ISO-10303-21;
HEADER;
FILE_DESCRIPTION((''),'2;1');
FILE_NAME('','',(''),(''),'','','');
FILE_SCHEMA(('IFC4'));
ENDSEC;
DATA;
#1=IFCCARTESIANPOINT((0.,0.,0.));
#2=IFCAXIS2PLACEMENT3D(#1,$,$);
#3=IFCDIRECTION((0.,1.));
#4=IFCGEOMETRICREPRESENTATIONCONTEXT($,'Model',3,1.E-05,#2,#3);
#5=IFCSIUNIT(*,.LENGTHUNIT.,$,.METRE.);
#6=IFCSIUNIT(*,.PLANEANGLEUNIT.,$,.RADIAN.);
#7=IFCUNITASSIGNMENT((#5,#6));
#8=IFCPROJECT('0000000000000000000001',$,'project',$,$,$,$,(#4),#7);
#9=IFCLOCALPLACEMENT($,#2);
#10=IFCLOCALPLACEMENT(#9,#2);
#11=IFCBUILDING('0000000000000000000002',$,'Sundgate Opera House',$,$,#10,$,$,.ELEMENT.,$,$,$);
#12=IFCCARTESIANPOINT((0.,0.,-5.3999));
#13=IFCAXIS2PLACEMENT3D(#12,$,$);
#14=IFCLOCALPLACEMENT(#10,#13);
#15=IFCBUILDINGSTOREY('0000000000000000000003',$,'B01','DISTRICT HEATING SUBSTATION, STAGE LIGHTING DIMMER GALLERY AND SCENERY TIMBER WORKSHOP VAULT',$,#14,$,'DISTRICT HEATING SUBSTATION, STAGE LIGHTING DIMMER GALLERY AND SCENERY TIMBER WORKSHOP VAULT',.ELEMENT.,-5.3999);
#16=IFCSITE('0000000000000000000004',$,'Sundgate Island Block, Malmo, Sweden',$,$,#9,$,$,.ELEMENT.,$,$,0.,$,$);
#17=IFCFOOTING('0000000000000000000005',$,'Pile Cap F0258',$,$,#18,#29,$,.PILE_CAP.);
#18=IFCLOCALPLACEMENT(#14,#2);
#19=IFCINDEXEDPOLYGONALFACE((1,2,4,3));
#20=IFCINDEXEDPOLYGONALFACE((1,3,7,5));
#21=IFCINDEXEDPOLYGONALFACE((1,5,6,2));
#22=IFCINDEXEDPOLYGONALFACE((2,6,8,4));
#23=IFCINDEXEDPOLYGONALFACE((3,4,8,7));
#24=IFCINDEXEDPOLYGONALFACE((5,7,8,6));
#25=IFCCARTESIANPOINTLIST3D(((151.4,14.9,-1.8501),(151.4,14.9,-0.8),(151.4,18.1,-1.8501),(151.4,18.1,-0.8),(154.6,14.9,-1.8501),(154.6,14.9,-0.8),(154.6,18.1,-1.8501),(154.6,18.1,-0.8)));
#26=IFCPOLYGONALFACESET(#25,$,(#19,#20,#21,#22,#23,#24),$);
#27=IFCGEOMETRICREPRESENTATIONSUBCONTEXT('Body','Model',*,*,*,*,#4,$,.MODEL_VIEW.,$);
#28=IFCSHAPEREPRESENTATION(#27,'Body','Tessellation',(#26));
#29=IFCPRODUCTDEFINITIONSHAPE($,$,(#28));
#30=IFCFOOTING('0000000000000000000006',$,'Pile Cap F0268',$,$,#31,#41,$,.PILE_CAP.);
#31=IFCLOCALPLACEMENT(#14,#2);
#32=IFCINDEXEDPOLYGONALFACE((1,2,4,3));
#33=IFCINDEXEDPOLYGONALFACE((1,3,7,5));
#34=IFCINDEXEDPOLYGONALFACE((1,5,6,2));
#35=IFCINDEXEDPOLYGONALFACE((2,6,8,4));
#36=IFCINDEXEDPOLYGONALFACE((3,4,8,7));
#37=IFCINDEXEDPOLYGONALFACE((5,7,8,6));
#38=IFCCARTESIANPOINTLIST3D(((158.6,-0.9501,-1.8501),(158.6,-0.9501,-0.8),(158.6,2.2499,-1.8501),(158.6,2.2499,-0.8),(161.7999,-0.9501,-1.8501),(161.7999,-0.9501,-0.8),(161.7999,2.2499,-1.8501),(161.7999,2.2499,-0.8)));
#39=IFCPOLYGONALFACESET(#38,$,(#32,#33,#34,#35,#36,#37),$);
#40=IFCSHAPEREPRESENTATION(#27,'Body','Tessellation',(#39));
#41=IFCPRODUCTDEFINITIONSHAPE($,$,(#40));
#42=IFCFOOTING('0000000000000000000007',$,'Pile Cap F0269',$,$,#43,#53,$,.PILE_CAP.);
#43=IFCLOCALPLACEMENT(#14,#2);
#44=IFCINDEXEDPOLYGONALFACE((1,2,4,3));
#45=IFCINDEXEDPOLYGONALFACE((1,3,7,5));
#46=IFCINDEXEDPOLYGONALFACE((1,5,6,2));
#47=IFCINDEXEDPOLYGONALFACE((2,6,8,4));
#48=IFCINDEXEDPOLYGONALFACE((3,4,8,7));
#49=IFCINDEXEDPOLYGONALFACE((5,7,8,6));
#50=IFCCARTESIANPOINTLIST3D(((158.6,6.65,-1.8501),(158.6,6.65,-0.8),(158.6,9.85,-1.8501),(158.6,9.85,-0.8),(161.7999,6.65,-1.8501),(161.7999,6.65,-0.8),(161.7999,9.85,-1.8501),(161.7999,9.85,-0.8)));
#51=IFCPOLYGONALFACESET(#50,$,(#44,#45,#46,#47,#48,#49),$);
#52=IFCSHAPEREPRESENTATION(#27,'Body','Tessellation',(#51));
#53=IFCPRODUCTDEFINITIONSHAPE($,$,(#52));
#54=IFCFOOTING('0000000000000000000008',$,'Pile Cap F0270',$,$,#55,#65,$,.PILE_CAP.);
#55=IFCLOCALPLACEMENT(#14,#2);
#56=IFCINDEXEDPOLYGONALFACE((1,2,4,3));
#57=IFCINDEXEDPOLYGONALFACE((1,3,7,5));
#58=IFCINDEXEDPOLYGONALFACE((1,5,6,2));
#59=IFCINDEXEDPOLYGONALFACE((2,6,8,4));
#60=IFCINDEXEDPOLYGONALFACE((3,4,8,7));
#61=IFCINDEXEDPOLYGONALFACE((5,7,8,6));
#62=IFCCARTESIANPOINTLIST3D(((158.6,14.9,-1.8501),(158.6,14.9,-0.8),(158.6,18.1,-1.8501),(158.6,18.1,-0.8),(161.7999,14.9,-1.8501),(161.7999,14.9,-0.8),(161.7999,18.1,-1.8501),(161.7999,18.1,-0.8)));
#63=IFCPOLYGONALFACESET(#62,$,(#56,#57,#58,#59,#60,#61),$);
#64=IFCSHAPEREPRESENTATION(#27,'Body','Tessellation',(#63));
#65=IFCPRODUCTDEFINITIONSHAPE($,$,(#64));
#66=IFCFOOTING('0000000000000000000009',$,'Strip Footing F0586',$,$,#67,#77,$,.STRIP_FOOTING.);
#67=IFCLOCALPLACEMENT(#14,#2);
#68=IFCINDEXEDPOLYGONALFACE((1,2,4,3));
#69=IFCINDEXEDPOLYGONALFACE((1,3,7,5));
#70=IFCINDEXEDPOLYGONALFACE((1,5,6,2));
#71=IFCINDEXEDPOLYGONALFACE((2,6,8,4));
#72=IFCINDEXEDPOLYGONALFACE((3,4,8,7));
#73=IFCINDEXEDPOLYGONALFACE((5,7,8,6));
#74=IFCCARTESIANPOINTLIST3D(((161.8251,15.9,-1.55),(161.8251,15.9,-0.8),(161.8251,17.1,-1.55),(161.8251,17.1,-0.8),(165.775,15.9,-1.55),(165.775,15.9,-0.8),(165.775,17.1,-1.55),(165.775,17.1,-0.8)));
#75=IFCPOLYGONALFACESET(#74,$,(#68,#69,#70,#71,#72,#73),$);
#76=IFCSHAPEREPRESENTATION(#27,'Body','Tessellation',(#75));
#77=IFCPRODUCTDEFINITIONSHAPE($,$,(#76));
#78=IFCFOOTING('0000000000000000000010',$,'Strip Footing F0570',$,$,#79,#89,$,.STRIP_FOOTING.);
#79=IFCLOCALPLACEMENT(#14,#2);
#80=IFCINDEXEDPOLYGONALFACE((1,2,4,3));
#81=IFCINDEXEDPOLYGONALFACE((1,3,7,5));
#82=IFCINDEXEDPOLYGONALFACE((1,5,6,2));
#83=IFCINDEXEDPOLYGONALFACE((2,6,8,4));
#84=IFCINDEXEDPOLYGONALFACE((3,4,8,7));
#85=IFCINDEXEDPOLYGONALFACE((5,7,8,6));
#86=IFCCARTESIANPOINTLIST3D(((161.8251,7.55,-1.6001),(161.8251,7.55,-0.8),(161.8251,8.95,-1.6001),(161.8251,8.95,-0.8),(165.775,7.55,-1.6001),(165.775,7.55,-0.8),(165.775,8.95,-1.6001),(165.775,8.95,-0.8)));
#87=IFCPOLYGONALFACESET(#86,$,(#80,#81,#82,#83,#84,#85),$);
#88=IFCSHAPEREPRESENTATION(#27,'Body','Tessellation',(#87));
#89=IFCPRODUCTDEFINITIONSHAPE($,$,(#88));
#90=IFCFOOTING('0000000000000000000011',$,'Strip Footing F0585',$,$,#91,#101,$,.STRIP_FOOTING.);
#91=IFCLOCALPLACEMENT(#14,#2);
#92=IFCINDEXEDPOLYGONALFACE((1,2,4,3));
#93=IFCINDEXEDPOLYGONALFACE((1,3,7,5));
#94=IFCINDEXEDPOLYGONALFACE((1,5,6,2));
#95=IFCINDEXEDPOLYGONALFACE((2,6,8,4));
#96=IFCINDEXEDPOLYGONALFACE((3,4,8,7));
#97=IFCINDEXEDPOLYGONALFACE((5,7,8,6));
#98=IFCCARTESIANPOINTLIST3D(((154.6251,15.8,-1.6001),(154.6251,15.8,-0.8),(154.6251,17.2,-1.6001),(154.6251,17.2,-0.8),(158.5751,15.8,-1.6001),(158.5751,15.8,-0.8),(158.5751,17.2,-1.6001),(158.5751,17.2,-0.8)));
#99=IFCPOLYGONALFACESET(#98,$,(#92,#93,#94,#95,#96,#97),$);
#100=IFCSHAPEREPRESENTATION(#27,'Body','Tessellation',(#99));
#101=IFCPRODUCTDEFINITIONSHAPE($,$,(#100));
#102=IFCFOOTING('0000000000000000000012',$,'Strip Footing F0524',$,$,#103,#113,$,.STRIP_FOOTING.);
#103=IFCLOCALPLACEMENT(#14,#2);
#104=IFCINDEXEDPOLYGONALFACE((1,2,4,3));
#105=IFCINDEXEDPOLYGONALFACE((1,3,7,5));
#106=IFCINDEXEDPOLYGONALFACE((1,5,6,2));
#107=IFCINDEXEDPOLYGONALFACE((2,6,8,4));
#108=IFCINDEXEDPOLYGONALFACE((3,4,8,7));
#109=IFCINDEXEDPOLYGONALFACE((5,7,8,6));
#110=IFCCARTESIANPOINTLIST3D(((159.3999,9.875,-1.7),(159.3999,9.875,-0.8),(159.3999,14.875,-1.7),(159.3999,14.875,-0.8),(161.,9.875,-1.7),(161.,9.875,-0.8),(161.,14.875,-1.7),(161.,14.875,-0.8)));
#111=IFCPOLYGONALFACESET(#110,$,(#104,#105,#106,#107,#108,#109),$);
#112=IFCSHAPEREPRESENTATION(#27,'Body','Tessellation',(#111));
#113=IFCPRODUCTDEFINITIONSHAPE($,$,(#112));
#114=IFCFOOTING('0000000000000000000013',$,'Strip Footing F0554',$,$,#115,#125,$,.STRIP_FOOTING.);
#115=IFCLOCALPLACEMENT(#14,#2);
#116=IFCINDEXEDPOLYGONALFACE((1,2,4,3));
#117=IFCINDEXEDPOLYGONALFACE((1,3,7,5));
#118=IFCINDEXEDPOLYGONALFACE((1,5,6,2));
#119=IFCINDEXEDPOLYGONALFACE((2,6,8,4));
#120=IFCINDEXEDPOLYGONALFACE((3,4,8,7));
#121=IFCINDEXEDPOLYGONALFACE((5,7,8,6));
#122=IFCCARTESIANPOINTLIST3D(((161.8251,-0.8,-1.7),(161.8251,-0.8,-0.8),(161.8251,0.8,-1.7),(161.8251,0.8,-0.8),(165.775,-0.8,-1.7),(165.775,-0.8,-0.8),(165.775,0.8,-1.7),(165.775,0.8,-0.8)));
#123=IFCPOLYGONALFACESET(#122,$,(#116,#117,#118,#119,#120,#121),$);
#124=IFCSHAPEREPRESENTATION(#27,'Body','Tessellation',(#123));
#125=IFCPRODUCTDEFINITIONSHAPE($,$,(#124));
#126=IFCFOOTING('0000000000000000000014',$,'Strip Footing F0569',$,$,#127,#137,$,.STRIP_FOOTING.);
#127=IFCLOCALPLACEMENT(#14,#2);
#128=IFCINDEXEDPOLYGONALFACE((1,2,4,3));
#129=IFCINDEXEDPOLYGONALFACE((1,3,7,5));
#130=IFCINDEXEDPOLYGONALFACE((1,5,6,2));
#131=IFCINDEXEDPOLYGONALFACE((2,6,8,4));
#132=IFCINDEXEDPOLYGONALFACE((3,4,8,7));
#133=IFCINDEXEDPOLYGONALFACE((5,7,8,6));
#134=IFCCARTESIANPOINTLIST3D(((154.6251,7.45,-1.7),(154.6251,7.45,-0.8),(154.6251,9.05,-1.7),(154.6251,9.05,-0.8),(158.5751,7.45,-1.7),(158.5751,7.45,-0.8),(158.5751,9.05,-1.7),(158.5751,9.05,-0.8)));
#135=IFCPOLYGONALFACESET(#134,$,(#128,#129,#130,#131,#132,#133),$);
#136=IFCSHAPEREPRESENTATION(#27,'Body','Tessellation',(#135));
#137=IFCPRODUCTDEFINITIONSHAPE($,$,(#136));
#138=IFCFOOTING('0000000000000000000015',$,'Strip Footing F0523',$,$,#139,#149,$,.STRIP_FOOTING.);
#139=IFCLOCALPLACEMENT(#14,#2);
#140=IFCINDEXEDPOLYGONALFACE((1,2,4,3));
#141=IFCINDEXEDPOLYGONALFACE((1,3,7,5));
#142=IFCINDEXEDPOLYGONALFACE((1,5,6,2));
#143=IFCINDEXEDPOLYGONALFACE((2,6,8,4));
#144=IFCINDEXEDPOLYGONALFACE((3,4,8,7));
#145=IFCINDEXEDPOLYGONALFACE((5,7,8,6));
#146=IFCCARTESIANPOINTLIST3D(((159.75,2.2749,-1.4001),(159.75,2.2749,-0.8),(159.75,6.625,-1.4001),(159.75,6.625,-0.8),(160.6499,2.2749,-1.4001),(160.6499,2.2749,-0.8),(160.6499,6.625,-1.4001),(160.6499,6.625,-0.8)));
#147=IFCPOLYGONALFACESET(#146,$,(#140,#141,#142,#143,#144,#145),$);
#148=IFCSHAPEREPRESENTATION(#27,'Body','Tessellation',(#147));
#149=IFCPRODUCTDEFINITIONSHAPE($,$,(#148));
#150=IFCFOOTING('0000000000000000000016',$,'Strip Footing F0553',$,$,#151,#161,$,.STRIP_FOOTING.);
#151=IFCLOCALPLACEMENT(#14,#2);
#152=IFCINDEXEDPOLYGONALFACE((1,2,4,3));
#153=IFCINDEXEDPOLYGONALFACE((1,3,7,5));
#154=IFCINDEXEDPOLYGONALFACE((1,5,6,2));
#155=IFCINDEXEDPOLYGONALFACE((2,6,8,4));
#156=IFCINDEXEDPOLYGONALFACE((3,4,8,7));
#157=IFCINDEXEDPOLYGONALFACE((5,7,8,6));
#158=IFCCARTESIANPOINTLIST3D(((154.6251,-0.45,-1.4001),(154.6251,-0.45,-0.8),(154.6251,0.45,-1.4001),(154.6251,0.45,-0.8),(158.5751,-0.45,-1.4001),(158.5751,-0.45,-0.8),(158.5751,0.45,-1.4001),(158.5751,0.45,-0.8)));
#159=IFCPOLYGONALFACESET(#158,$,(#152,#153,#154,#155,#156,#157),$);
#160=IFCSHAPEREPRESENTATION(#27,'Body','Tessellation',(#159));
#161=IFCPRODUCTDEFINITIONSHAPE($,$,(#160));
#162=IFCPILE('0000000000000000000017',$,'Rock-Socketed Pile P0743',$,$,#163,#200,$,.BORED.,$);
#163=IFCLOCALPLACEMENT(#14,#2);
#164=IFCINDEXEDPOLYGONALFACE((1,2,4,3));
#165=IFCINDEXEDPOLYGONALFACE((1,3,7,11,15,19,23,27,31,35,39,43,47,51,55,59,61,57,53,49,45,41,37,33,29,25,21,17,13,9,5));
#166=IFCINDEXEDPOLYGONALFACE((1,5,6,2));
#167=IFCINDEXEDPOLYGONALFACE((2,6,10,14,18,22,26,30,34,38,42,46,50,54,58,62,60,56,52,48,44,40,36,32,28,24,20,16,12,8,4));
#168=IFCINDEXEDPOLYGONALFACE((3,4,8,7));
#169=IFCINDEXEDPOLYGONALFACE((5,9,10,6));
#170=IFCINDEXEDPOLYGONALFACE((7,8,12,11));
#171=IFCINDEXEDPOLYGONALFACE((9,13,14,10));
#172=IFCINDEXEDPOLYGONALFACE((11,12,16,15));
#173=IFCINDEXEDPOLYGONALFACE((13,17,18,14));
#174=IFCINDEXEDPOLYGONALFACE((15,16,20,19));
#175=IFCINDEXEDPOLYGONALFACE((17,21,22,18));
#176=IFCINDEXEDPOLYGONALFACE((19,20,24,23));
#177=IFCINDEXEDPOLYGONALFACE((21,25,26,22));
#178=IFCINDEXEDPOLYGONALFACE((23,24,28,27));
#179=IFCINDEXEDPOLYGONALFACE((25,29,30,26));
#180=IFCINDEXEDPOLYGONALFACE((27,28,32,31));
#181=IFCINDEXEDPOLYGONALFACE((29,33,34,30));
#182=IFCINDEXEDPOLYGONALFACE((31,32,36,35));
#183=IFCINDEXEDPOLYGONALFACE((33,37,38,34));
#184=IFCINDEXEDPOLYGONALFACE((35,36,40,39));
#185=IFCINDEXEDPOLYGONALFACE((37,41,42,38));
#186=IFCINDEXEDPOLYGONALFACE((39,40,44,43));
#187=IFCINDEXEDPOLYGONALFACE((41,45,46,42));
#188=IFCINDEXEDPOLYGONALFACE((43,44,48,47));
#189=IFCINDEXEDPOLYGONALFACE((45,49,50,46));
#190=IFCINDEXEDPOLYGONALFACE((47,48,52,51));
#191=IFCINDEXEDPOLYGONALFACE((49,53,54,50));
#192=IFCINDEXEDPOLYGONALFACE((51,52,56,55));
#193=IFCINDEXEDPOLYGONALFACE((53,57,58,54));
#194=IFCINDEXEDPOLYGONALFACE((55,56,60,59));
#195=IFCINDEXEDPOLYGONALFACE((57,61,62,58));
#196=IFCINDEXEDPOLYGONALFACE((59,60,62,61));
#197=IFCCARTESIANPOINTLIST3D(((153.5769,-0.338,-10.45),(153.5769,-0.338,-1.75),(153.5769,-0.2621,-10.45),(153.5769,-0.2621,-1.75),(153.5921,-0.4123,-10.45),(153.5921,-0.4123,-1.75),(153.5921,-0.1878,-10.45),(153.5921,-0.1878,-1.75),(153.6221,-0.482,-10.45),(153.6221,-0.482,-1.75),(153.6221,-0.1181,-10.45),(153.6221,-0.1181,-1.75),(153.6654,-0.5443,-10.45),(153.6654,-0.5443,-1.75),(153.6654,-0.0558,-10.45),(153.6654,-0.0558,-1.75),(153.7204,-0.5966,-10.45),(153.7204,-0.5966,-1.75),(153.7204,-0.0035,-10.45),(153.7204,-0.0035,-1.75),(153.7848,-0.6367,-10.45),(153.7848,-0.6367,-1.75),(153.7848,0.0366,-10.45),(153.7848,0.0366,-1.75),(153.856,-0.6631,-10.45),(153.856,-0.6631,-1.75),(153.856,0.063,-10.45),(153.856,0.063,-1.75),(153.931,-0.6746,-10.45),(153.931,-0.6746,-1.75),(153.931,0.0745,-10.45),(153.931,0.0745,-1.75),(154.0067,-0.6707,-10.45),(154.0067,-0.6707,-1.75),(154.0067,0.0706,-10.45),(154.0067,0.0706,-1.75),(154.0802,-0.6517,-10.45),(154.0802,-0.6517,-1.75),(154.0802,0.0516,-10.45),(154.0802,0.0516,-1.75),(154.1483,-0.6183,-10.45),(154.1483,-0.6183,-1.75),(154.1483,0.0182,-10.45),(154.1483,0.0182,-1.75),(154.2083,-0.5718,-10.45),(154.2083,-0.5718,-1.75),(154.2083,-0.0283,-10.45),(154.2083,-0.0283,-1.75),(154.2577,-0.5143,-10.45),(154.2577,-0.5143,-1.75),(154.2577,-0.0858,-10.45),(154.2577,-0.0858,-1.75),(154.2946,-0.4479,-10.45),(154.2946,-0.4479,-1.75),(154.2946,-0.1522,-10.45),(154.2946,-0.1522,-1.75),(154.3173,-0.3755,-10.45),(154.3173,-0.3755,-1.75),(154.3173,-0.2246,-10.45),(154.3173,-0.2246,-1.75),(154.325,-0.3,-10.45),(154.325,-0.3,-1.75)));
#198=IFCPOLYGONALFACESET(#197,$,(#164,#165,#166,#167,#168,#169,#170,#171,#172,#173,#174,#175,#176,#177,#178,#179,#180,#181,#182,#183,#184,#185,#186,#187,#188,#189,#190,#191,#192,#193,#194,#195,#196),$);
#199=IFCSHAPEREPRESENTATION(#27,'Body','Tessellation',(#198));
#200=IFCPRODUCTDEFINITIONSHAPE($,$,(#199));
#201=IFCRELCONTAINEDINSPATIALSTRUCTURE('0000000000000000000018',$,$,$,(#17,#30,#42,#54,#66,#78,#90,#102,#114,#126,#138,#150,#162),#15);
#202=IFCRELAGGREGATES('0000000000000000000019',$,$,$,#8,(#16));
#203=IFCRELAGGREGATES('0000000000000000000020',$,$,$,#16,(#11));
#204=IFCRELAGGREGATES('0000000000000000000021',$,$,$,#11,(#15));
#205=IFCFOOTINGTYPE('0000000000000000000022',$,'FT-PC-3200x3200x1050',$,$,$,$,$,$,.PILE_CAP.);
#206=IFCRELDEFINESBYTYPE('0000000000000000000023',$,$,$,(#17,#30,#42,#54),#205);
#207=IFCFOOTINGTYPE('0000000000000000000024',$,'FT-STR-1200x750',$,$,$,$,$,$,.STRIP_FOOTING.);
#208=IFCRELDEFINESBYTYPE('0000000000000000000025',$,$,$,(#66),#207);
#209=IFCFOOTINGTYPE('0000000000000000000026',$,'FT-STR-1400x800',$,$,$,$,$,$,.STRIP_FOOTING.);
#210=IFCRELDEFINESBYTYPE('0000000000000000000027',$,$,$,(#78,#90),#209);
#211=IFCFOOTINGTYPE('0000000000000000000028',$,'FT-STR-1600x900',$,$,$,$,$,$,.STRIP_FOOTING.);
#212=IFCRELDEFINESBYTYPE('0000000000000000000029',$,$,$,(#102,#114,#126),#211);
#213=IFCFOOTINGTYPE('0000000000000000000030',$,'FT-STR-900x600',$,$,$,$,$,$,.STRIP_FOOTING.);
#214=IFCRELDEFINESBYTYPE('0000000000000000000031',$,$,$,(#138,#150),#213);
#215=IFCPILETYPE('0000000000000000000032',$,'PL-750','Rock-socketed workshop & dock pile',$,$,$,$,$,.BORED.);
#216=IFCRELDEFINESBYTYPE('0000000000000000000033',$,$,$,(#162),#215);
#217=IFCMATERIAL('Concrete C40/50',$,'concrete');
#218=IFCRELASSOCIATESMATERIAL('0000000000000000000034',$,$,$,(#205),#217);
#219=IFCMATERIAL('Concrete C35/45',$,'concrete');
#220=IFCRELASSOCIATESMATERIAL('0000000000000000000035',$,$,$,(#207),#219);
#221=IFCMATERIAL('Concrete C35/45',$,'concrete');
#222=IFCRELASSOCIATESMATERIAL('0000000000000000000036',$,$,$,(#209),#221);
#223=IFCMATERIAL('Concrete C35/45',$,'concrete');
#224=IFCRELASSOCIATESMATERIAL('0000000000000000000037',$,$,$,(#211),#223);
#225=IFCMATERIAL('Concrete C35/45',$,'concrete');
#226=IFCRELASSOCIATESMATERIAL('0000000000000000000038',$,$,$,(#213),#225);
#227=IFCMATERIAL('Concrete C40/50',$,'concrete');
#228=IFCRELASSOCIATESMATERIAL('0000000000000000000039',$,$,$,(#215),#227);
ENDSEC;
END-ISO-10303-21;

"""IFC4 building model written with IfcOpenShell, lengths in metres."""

from ifc_helpers import new_model, si_unit, direction, frame, origin, origin_2d, place, context, subcontext, project, spatial, rectangle, circle, extrude, material, material_profile, profile_set, type_object, element, save


model = new_model("IFC4")

# Units and contexts
model_context = context("Model", 3, precision=1e-05, world=origin(), true_north=direction((0.0, 1.0)))
body_context = subcontext(model_context, "Body", "Model", "MODEL_VIEW")
ifc_project = project(units=[si_unit("LENGTHUNIT", "METRE"), si_unit("PLANEANGLEUNIT", "RADIAN")], contexts=[model_context])

# Site, building, storey
site_placement = place(None, origin())
site = spatial("IfcSite", under=ifc_project, at=site_placement, Name="Sundgate Island Block, Malmo, Sweden", CompositionType="ELEMENT", RefElevation=0.0)
building_placement = place(site_placement, origin())
building = spatial("IfcBuilding", under=site, at=building_placement, Name="Sundgate Opera House", CompositionType="ELEMENT")
storey_placement = place(building_placement, frame((0.0, 0.0, -5.3999)))
storey = spatial("IfcBuildingStorey", under=building, at=storey_placement, Name="B01", Description="DISTRICT HEATING SUBSTATION, STAGE LIGHTING DIMMER GALLERY AND SCENERY TIMBER WORKSHOP VAULT", LongName="DISTRICT HEATING SUBSTATION, STAGE LIGHTING DIMMER GALLERY AND SCENERY TIMBER WORKSHOP VAULT", CompositionType="ELEMENT", Elevation=-5.3999)

# Footings
ifc_material_1 = material(Name="Concrete C40/50", Category="concrete")
footing_type_1 = type_object("IfcFootingType", Name="FT-PC-3200x3200x1050", PredefinedType="PILE_CAP", material=ifc_material_1)
for number, where, z_axis, x_axis, name in (
    (1, (153.0, 16.5, -1.8501), (0.0, 0.0, 1.0), (1.0, 0.0, 0.0), "Pile Cap F0258"),
    (2, (160.2, 0.6499, -1.8501), (0.0, 0.0, 1.0), (1.0, 0.0, 0.0), "Pile Cap F0268"),
    (3, (160.2, 8.25, -1.8501), (0.0, 0.0, 1.0), (1.0, 0.0, 0.0), "Pile Cap F0269"),
    (4, (160.2, 16.5, -1.8501), (0.0, 0.0, 1.0), (1.0, 0.0, 0.0), "Pile Cap F0270"),
):
    element("IfcFooting", number, at=place(storey_placement, frame(where, z_axis=z_axis, x_axis=x_axis)), inside=storey, type_object=footing_type_1, Name=name, PredefinedType="PILE_CAP", context=body_context, shape_type="SweptSolid", body=[
        extrude(rectangle(XDim=3.2, YDim=3.2, at=origin_2d()), origin(), (0.0, 0.0, 1.0), 1.05),
    ])
ifc_material_2 = material(Name="Concrete C35/45", Category="concrete")
footing_type_2 = type_object("IfcFootingType", Name="FT-STR-1200x750", PredefinedType="STRIP_FOOTING", material=ifc_material_2)
footing_1_placement = place(storey_placement, frame((163.8, 16.5, -1.55), z_axis=(0.0, 0.0, 1.0), x_axis=(1.0, 0.0, 0.0)))
element("IfcFooting", 5, at=footing_1_placement, inside=storey, type_object=footing_type_2, Name="Strip Footing F0586", PredefinedType="STRIP_FOOTING", context=body_context, shape_type="SweptSolid", body=[
    extrude(rectangle(XDim=3.95, YDim=1.2, at=origin_2d()), origin(), (0.0, 0.0, 1.0), 0.75),
])
ifc_material_3 = material(Name="Concrete C35/45", Category="concrete")
footing_type_3 = type_object("IfcFootingType", Name="FT-STR-1400x800", PredefinedType="STRIP_FOOTING", material=ifc_material_3)
for number, where, z_axis, x_axis, name in (
    (6, (163.8, 8.25, -1.6001), (0.0, 0.0, 1.0), (1.0, 0.0, 0.0), "Strip Footing F0570"),
    (7, (156.6001, 16.5, -1.6001), (0.0, 0.0, 1.0), (1.0, 0.0, 0.0), "Strip Footing F0585"),
):
    element("IfcFooting", number, at=place(storey_placement, frame(where, z_axis=z_axis, x_axis=x_axis)), inside=storey, type_object=footing_type_3, Name=name, PredefinedType="STRIP_FOOTING", context=body_context, shape_type="SweptSolid", body=[
        extrude(rectangle(XDim=3.95, YDim=1.3999, at=origin_2d()), origin(), (0.0, 0.0, 1.0), 0.8),
    ])
ifc_material_4 = material(Name="Concrete C35/45", Category="concrete")
footing_type_4 = type_object("IfcFootingType", Name="FT-STR-1600x900", PredefinedType="STRIP_FOOTING", material=ifc_material_4)
footing_2_placement = place(storey_placement, frame((160.2, 12.375, -1.7), z_axis=(0.0, 0.0, 1.0), x_axis=(1.0, 0.0, 0.0)))
element("IfcFooting", 8, at=footing_2_placement, inside=storey, type_object=footing_type_4, Name="Strip Footing F0524", PredefinedType="STRIP_FOOTING", context=body_context, shape_type="SweptSolid", body=[
    extrude(rectangle(XDim=1.6001, YDim=5.0, at=origin_2d()), origin(), (0.0, 0.0, 1.0), 0.8999),
])
for number, where, z_axis, x_axis, name in (
    (9, (163.8, 0.0, -1.7), (0.0, 0.0, 1.0), (1.0, 0.0, 0.0), "Strip Footing F0554"),
    (10, (156.6001, 8.25, -1.7), (0.0, 0.0, 1.0), (1.0, 0.0, 0.0), "Strip Footing F0569"),
):
    element("IfcFooting", number, at=place(storey_placement, frame(where, z_axis=z_axis, x_axis=x_axis)), inside=storey, type_object=footing_type_4, Name=name, PredefinedType="STRIP_FOOTING", context=body_context, shape_type="SweptSolid", body=[
        extrude(rectangle(XDim=3.95, YDim=1.6001, at=origin_2d()), origin(), (0.0, 0.0, 1.0), 0.8999),
    ])
ifc_material_5 = material(Name="Concrete C35/45", Category="concrete")
footing_type_5 = type_object("IfcFootingType", Name="FT-STR-900x600", PredefinedType="STRIP_FOOTING", material=ifc_material_5)
footing_3_placement = place(storey_placement, frame((160.2, 4.45, -1.4001), z_axis=(0.0, 0.0, 1.0), x_axis=(1.0, 0.0, 0.0)))
element("IfcFooting", 11, at=footing_3_placement, inside=storey, type_object=footing_type_5, Name="Strip Footing F0523", PredefinedType="STRIP_FOOTING", context=body_context, shape_type="SweptSolid", body=[
    extrude(rectangle(XDim=0.8999, YDim=4.3501, at=origin_2d()), origin(), (0.0, 0.0, 1.0), 0.6001),
])
footing_4_placement = place(storey_placement, frame((156.6001, 0.0, -1.4001), z_axis=(0.0, 0.0, 1.0), x_axis=(1.0, 0.0, 0.0)))
element("IfcFooting", 12, at=footing_4_placement, inside=storey, type_object=footing_type_5, Name="Strip Footing F0553", PredefinedType="STRIP_FOOTING", context=body_context, shape_type="SweptSolid", body=[
    extrude(rectangle(XDim=3.95, YDim=0.8999, at=origin_2d()), origin(), (0.0, 0.0, 1.0), 0.6001),
])

# Pile
ifc_material_6 = material(Name="Concrete C40/50", Category="concrete")
ifc_material_profile_1 = material_profile(ifc_material_6, circle(Radius=0.375, at=origin_2d()), Name="PILE D750")
ifc_profile_set_1 = profile_set([ifc_material_profile_1], Name="Concrete C40/50")
pile_type = type_object("IfcPileType", Name="PL-750", Description="Rock-socketed workshop & dock pile", PredefinedType="BORED", material=ifc_profile_set_1)
for number, where, z_axis, x_axis, name in (
    (13, (153.95, -0.3, -1.75), (0.0, 0.0, -1.0), (1.0, 0.0, 0.0), "Rock-Socketed Pile P0743"),
):
    element("IfcPile", number, at=place(storey_placement, frame(where, z_axis=z_axis, x_axis=x_axis)), inside=storey, type_object=pile_type, Name=name, PredefinedType="BORED", context=body_context, shape_type="SweptSolid", body=[
        extrude(circle(Radius=0.375, at=origin_2d()), origin(), (0.0, 0.0, 1.0), 8.7),
    ])

save(model, "model.ifc")
